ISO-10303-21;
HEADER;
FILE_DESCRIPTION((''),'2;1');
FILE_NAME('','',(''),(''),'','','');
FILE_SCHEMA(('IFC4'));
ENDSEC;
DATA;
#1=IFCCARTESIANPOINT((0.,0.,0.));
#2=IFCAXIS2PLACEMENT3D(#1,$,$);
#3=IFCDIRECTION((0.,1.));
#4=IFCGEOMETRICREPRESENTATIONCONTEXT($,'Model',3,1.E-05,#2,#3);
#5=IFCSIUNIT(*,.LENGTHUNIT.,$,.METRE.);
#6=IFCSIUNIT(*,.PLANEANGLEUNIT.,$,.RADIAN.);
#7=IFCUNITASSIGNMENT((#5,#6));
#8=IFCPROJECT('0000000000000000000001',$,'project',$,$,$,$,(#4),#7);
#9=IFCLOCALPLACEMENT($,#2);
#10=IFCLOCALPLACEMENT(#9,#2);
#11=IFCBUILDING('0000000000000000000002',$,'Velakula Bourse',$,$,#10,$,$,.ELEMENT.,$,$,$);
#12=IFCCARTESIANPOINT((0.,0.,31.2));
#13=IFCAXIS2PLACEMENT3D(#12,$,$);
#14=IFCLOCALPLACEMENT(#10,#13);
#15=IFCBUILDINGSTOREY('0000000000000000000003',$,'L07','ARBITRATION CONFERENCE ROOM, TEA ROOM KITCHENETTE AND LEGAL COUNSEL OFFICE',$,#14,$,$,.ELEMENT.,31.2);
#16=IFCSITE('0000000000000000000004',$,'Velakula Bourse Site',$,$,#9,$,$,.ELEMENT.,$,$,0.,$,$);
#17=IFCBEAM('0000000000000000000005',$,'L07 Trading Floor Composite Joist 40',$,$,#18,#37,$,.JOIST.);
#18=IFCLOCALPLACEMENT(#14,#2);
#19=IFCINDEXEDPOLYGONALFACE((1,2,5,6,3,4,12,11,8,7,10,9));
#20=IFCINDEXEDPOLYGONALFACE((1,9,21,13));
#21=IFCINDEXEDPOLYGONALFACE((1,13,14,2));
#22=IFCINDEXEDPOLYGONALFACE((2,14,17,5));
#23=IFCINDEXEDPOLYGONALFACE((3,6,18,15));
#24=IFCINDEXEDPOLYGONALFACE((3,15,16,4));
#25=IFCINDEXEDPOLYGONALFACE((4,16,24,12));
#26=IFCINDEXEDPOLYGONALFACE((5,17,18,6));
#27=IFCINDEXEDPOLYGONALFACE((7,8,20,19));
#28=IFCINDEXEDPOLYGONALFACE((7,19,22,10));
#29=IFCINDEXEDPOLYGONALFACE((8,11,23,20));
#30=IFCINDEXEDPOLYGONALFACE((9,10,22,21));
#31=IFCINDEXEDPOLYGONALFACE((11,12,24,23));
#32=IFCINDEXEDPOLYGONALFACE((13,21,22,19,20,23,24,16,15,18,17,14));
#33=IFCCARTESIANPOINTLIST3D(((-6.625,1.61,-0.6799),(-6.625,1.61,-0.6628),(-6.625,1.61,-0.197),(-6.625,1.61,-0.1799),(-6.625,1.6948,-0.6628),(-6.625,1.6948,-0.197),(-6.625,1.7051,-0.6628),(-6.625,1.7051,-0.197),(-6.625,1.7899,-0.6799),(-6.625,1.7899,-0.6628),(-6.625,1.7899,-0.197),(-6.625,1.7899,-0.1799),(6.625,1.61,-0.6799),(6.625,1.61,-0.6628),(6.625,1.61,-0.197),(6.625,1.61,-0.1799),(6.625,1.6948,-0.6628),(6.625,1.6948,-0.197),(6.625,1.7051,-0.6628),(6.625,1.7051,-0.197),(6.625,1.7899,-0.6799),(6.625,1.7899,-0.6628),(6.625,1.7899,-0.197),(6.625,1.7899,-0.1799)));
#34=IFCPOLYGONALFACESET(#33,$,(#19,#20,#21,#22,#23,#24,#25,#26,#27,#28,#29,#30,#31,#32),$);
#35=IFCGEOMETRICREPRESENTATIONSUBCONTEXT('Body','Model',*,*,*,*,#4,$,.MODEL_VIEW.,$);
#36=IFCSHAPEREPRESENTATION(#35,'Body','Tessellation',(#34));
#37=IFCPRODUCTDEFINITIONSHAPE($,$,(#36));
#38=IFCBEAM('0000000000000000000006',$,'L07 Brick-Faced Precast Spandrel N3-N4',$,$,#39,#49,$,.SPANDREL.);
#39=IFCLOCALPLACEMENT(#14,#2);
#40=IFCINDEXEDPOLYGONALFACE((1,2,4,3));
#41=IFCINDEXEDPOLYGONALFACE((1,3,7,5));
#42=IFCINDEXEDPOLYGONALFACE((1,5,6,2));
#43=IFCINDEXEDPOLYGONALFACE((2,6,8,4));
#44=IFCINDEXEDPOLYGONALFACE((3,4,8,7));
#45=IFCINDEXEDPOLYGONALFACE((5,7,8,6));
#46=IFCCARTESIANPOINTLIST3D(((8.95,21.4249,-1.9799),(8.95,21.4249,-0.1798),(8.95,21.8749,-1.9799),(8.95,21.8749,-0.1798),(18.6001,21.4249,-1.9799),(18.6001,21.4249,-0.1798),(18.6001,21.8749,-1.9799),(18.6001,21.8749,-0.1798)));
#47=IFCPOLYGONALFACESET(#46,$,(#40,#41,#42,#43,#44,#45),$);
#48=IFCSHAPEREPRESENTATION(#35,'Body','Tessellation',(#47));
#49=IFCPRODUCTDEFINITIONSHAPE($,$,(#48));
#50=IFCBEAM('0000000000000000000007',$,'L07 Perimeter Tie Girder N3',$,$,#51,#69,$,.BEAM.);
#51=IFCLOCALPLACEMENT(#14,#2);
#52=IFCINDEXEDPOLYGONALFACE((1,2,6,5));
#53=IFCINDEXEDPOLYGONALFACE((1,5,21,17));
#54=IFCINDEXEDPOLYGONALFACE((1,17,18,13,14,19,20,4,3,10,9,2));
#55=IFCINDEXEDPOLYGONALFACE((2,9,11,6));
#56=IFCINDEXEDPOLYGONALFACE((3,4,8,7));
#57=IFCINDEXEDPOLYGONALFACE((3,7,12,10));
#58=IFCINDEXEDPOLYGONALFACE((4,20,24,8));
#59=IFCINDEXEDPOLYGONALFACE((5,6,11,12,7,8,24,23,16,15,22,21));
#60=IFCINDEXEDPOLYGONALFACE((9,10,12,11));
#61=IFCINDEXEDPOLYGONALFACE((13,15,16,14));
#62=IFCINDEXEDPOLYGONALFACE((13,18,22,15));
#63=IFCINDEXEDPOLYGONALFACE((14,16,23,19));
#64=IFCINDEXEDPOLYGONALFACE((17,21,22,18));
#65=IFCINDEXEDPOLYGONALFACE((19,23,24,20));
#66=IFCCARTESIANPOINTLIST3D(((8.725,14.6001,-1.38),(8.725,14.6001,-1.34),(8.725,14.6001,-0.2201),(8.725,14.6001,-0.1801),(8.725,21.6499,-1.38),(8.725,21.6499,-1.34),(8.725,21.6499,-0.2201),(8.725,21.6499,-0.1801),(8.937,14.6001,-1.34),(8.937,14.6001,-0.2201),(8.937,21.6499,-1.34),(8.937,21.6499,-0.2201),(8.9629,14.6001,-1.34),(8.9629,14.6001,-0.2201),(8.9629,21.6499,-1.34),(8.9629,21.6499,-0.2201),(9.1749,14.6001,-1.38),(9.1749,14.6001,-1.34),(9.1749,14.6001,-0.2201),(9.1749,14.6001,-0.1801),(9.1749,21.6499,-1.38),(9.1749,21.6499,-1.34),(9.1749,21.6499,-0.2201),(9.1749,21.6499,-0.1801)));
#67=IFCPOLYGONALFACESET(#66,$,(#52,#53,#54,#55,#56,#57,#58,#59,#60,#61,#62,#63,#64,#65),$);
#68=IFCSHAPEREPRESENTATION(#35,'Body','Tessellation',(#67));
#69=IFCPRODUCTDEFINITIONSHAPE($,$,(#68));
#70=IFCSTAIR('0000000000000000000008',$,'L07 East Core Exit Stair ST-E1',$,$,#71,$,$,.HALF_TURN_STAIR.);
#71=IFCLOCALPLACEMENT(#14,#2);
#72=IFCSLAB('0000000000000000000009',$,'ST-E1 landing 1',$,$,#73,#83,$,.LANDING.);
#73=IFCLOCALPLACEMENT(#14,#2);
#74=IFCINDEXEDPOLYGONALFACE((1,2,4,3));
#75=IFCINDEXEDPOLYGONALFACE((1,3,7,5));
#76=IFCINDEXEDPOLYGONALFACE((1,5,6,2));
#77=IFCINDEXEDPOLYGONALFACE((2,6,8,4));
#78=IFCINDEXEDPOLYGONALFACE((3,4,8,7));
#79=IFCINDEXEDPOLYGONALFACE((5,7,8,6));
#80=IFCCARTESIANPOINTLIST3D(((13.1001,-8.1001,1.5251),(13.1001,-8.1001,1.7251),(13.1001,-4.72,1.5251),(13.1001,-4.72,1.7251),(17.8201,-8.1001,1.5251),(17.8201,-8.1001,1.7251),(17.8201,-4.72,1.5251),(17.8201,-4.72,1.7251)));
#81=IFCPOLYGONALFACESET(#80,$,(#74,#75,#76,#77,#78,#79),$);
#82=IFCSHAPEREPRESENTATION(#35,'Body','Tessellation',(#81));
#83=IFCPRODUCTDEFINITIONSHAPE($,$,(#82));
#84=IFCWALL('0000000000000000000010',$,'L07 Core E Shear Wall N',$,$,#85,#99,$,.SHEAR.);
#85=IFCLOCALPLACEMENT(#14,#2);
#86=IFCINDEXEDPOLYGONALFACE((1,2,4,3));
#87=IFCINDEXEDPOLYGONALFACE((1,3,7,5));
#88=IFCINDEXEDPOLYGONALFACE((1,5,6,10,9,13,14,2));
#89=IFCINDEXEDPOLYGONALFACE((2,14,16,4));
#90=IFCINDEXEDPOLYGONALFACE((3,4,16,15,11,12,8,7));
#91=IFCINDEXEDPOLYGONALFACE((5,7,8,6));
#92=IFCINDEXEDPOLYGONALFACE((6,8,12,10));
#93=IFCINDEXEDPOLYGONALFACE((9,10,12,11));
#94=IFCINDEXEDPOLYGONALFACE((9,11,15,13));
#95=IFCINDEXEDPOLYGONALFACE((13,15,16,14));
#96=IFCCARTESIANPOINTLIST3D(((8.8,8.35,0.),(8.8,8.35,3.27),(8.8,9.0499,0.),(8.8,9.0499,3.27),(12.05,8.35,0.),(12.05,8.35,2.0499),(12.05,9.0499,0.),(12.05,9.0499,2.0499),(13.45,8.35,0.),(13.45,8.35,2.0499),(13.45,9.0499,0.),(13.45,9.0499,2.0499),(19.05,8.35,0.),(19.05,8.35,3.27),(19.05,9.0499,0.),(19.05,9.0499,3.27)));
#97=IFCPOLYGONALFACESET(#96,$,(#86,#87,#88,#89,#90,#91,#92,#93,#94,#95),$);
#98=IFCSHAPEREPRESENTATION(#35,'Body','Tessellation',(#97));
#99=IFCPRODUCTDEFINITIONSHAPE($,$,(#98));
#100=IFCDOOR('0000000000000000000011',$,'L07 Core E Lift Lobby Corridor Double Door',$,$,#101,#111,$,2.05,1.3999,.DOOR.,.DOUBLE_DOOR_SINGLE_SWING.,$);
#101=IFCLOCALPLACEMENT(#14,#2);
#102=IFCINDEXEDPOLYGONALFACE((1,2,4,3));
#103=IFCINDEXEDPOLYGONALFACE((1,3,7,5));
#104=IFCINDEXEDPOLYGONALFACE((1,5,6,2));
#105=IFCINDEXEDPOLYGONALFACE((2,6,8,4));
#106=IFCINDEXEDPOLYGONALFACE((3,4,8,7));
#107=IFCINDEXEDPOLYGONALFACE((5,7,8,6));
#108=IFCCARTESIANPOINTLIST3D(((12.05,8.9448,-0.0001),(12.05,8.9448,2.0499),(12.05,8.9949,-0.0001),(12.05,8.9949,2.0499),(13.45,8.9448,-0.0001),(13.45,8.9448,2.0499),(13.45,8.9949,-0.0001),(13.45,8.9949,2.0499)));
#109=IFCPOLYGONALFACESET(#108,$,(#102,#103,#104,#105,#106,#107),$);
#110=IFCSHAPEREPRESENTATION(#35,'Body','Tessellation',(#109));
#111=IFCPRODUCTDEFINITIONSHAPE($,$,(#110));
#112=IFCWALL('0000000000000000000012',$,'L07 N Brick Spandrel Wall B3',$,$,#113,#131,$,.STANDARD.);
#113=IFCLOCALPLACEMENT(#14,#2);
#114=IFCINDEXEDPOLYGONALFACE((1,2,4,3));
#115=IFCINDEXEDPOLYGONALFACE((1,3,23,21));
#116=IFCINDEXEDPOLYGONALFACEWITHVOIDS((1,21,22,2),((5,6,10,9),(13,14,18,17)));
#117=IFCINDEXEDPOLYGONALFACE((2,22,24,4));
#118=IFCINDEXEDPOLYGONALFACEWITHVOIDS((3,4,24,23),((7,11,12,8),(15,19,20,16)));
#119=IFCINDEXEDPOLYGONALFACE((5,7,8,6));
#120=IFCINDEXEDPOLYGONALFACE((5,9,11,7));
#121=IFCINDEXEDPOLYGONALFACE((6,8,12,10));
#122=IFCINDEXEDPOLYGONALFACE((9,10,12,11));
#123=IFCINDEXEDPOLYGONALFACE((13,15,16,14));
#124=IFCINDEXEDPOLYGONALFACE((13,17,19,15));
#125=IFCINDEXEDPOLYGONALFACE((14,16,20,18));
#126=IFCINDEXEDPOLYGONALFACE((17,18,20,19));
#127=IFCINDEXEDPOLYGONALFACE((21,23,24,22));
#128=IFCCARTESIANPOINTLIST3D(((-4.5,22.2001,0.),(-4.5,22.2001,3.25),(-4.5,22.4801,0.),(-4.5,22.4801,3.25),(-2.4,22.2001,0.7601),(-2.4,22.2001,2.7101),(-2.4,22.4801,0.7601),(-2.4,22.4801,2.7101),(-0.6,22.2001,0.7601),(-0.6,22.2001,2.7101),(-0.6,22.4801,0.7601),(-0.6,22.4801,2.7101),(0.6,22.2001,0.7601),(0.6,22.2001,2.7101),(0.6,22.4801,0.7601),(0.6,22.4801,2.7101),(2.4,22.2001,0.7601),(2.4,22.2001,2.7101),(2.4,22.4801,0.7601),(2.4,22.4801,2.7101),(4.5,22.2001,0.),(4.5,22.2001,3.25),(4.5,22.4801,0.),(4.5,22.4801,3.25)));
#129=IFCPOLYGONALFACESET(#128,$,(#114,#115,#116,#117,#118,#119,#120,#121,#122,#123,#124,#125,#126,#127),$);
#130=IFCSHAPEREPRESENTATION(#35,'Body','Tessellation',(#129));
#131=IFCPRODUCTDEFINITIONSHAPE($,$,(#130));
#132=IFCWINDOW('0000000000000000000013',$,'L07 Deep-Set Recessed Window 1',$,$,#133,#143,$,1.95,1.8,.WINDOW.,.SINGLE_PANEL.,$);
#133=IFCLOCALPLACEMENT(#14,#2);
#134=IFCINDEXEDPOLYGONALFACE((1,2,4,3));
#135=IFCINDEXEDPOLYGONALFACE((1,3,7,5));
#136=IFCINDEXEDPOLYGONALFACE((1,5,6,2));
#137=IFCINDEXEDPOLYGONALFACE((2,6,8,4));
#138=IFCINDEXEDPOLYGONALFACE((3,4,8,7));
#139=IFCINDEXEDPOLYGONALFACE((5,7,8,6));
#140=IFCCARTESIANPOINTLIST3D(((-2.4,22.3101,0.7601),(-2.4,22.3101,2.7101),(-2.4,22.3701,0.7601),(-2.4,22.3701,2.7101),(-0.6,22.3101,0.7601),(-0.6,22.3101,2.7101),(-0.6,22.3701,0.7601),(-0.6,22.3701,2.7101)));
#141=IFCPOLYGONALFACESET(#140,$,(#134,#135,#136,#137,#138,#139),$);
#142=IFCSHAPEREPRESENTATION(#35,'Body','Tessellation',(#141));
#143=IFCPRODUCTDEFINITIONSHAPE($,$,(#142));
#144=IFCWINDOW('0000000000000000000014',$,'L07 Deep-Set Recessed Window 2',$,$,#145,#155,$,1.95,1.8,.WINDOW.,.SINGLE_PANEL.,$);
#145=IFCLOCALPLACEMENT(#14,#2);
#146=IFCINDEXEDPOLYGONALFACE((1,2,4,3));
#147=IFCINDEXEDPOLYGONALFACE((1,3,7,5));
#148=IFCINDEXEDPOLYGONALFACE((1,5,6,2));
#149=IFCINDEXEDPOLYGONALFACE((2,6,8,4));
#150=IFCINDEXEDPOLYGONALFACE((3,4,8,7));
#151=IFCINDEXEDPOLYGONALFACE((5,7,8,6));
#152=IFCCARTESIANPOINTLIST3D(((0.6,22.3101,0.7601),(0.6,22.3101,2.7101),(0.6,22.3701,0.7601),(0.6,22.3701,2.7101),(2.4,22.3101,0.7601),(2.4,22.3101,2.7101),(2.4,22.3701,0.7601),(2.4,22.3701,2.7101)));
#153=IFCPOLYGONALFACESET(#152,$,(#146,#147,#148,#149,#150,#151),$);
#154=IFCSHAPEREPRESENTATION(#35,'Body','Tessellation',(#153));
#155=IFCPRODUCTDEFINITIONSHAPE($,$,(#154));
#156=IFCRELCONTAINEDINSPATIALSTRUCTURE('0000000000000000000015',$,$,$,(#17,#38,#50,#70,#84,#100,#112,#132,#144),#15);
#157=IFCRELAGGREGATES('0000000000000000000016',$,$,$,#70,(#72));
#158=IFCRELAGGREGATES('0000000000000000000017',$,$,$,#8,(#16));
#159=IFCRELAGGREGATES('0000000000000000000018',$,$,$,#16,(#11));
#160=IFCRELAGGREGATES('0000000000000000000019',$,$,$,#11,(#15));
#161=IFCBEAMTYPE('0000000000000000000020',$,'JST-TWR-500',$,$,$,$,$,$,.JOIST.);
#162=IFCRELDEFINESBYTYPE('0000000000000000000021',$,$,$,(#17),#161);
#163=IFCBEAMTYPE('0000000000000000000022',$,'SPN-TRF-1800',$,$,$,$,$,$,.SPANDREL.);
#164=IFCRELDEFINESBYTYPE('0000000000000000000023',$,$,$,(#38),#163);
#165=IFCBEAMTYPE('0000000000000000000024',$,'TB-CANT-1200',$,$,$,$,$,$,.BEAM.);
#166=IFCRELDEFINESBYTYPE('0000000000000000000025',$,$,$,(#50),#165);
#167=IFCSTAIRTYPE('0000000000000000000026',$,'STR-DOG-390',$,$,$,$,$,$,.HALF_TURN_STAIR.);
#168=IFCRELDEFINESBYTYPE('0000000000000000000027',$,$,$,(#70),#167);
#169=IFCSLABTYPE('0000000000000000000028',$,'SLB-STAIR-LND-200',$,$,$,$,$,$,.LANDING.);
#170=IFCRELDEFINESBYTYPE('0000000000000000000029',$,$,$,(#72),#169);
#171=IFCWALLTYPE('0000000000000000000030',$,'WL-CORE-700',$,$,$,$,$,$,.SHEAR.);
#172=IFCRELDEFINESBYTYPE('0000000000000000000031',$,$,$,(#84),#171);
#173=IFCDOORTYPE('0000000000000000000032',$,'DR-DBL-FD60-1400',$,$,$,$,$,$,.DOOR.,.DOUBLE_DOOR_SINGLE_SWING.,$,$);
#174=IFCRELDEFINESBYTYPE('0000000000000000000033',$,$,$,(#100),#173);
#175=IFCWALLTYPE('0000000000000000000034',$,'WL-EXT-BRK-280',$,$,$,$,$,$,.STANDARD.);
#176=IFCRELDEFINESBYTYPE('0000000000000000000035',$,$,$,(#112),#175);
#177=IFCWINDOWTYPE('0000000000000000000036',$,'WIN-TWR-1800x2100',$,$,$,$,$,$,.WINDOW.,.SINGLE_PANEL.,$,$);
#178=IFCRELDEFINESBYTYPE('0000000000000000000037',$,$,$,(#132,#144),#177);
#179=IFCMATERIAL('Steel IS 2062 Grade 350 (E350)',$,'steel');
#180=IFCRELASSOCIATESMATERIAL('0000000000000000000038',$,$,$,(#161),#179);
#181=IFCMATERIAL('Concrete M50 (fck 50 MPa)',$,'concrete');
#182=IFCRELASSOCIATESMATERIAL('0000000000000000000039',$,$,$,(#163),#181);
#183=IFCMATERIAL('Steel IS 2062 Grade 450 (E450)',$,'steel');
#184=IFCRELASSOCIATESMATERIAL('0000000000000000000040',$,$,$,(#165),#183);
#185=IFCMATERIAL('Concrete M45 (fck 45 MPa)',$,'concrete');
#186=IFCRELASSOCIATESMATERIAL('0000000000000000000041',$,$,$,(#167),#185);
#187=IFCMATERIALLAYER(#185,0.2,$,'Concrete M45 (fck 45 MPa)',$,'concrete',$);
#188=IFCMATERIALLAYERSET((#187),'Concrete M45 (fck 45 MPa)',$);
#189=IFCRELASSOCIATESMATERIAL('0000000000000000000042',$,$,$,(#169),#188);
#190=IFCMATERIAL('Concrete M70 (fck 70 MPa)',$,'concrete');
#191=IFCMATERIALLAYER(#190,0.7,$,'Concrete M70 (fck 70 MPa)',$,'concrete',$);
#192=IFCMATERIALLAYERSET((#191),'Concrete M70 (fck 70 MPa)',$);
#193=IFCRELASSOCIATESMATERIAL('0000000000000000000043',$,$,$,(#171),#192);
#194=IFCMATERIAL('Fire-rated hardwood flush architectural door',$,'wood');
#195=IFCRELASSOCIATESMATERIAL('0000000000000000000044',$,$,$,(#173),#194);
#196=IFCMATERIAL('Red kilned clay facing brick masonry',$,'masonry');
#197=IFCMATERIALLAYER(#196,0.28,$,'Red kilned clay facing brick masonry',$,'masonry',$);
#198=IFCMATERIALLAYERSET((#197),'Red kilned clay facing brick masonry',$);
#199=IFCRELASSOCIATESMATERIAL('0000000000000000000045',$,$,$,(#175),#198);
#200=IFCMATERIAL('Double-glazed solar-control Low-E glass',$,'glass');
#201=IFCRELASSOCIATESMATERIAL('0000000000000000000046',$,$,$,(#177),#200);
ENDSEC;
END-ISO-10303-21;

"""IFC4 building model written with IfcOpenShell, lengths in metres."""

from ifc_helpers import new_model, si_unit, direction, frame, frame_2d, origin, origin_2d, place, context, subcontext, project, spatial, polyline, rectangle, i_section, outline, extrude, material, layer, layer_set, material_profile, profile_set, type_object, element, fill, aggregate, save


model = new_model("IFC4")

# Units and contexts
model_context = context("Model", 3, precision=1e-05, world=origin(), true_north=direction((0.0, 1.0)))
body_context = subcontext(model_context, "Body", "Model", "MODEL_VIEW")
ifc_project = project(units=[si_unit("LENGTHUNIT", "METRE"), si_unit("PLANEANGLEUNIT", "RADIAN")], contexts=[model_context])

# Site, building, storey
site_placement = place(None, origin())
site = spatial("IfcSite", under=ifc_project, at=site_placement, Name="Velakula Bourse Site", CompositionType="ELEMENT", RefElevation=0.0)
building_placement = place(site_placement, origin())
building = spatial("IfcBuilding", under=site, at=building_placement, Name="Velakula Bourse", CompositionType="ELEMENT")
storey_placement = place(building_placement, frame((0.0, 0.0, 31.2)))
storey = spatial("IfcBuildingStorey", under=building, at=storey_placement, Name="L07", Description="ARBITRATION CONFERENCE ROOM, TEA ROOM KITCHENETTE AND LEGAL COUNSEL OFFICE", CompositionType="ELEMENT", Elevation=31.2)

# Shared definitions
ifc_material_1 = material(Name="Concrete M70 (fck 70 MPa)", Category="concrete")
ifc_material_2 = material(Name="Steel IS 2062 Grade 450 (E450)", Category="steel")

# Beams
ifc_material_3 = material(Name="Steel IS 2062 Grade 350 (E350)", Category="steel")
ifc_material_profile_1 = material_profile(ifc_material_3, i_section(OverallWidth=0.1799, OverallDepth=0.5, WebThickness=0.0103, FlangeThickness=0.0171, at=origin_2d()), Name="Steel IS 2062 Grade 350 (E350)")
ifc_profile_set_1 = profile_set([ifc_material_profile_1], Name="Steel IS 2062 Grade 350 (E350)")
beam_type_1 = type_object("IfcBeamType", Name="JST-TWR-500", PredefinedType="JOIST", material=ifc_profile_set_1)
beam_1_placement = place(storey_placement, frame((-6.625, 1.7, -0.4299), z_axis=(1.0, 0.0, 0.0), x_axis=(0.0, 1.0, 0.0)))
element("IfcBeam", 1, at=beam_1_placement, inside=storey, type_object=beam_type_1, Name="L07 Trading Floor Composite Joist 40", PredefinedType="JOIST", context=body_context, shape_type="SweptSolid", body=[
    extrude(i_section(OverallWidth=0.1799, OverallDepth=0.5, WebThickness=0.0103, FlangeThickness=0.0171, at=origin_2d()), origin(), (0.0, 0.0, 1.0), 13.25),
])
ifc_material_4 = material(Name="Concrete M50 (fck 50 MPa)", Category="concrete")
ifc_material_profile_2 = material_profile(ifc_material_4, rectangle(XDim=0.45, YDim=1.8, at=origin_2d()), Name="Concrete M50 (fck 50 MPa)")
ifc_profile_set_2 = profile_set([ifc_material_profile_2], Name="Concrete M50 (fck 50 MPa)")
beam_type_2 = type_object("IfcBeamType", Name="SPN-TRF-1800", PredefinedType="SPANDREL", material=ifc_profile_set_2)
beam_2_placement = place(storey_placement, frame((8.95, 21.6499, -1.0798), z_axis=(1.0, 0.0, 0.0), x_axis=(0.0, 1.0, 0.0)))
element("IfcBeam", 2, at=beam_2_placement, inside=storey, type_object=beam_type_2, Name="L07 Brick-Faced Precast Spandrel N3-N4", PredefinedType="SPANDREL", context=body_context, shape_type="SweptSolid", body=[
    extrude(rectangle(XDim=0.45, YDim=1.8, at=origin_2d()), origin(), (0.0, 0.0, 1.0), 9.6501),
])
ifc_material_profile_3 = material_profile(ifc_material_2, i_section(OverallWidth=0.45, OverallDepth=1.2, WebThickness=0.0259, FlangeThickness=0.04, at=origin_2d()), Name="Steel IS 2062 Grade 450 (E450)")
ifc_profile_set_3 = profile_set([ifc_material_profile_3], Name="Steel IS 2062 Grade 450 (E450)")
beam_type_3 = type_object("IfcBeamType", Name="TB-CANT-1200", PredefinedType="BEAM", material=ifc_profile_set_3)
beam_3_placement = place(storey_placement, frame((8.95, 14.6001, -0.78), z_axis=(0.0, 1.0, 0.0), x_axis=(-1.0, 0.0, 0.0)))
element("IfcBeam", 3, at=beam_3_placement, inside=storey, type_object=beam_type_3, Name="L07 Perimeter Tie Girder N3", PredefinedType="BEAM", context=body_context, shape_type="SweptSolid", body=[
    extrude(i_section(OverallWidth=0.45, OverallDepth=1.2, WebThickness=0.0259, FlangeThickness=0.04, at=origin_2d()), origin(), (0.0, 0.0, 1.0), 7.0498),
])

# Stair, slab
ifc_material_5 = material(Name="Concrete M45 (fck 45 MPa)", Category="concrete")
stair_type = type_object("IfcStairType", Name="STR-DOG-390", PredefinedType="HALF_TURN_STAIR", material=ifc_material_5)
stair_placement = place(storey_placement, origin())
stair = element("IfcStair", 4, at=stair_placement, inside=storey, type_object=stair_type, Name="L07 East Core Exit Stair ST-E1", PredefinedType="HALF_TURN_STAIR")
ifc_layer_1 = layer(ifc_material_5, 0.2, Name="Concrete M45 (fck 45 MPa)", Category="concrete")
ifc_layer_set_1 = layer_set([ifc_layer_1], Name="Concrete M45 (fck 45 MPa)")
slab_type = type_object("IfcSlabType", Name="SLB-STAIR-LND-200", PredefinedType="LANDING", material=ifc_layer_set_1)
slab_placement = place(storey_placement, frame((0.0, 0.0, 1.5251)))
slab = element("IfcSlab", 5, at=slab_placement, type_object=slab_type, Name="ST-E1 landing 1", PredefinedType="LANDING", context=body_context, shape_type="SweptSolid", body=[
    extrude(outline(polyline([(13.1001, -4.72), (13.1001, -8.1001), (17.8201, -8.1001), (17.8201, -4.72), (13.1001, -4.72)])), origin(), (0.0, 0.0, 1.0), 0.2),
])
aggregate(stair, [slab])

# Wall, opening, door
ifc_layer_2 = layer(ifc_material_1, 0.7, Name="Concrete M70 (fck 70 MPa)", Category="concrete")
ifc_layer_set_2 = layer_set([ifc_layer_2], Name="Concrete M70 (fck 70 MPa)")
wall_type_1 = type_object("IfcWallType", Name="WL-CORE-700", PredefinedType="SHEAR", material=ifc_layer_set_2)
wall_1_placement = place(storey_placement, frame((8.8, 8.7, 0.0), z_axis=(0.0, 0.0, 1.0), x_axis=(1.0, 0.0, 0.0)))
wall_1 = element("IfcWall", 6, at=wall_1_placement, inside=storey, type_object=wall_type_1, Name="L07 Core E Shear Wall N", PredefinedType="SHEAR", context=body_context, shape_type="SweptSolid", body=[
    extrude(rectangle(XDim=10.25, YDim=0.7, at=frame_2d((5.125, 0.0))), origin(), (0.0, 0.0, 1.0), 3.27),
])
opening_1_placement = place(wall_1_placement, frame((3.25, 0.0, 0.0)))
opening_1 = element("IfcOpeningElement", 7, at=opening_1_placement, cuts=wall_1, PredefinedType="OPENING", context=body_context, shape_type="SweptSolid", body=[
    extrude(rectangle(XDim=1.3999, YDim=2.05, at=frame_2d((0.7, 1.0249))), frame((0.0, 0.3599, 0.0), z_axis=(0.0, -1.0, 0.0), x_axis=(1.0, 0.0, 0.0)), (0.0, 0.0, 1.0), 0.72),
])
ifc_material_6 = material(Name="Fire-rated hardwood flush architectural door", Category="wood")
door_type_1 = type_object("IfcDoorType", Name="DR-DBL-FD60-1400", OperationType="DOUBLE_DOOR_SINGLE_SWING", PredefinedType="DOOR", material=ifc_material_6)
door_1_placement = place(opening_1_placement, origin())
door_1 = element("IfcDoor", 8, at=door_1_placement, inside=storey, type_object=door_type_1, Name="L07 Core E Lift Lobby Corridor Double Door", OperationType="DOUBLE_DOOR_SINGLE_SWING", OverallHeight=2.05, OverallWidth=1.3999, PredefinedType="DOOR", context=body_context, shape_type="SweptSolid", body=[
    extrude(rectangle(XDim=1.3999, YDim=2.05, at=frame_2d((0.7, 1.0249))), frame((0.0, 0.2949, 0.0), z_axis=(0.0, -1.0, 0.0), x_axis=(1.0, 0.0, 0.0)), (0.0, 0.0, 1.0), 0.05),
])
fill(opening_1, door_1)

# Wall, openings, windows
ifc_material_7 = material(Name="Red kilned clay facing brick masonry", Category="masonry")
ifc_layer_3 = layer(ifc_material_7, 0.28, Name="Red kilned clay facing brick masonry", Category="masonry")
ifc_layer_set_3 = layer_set([ifc_layer_3], Name="Red kilned clay facing brick masonry")
wall_type_2 = type_object("IfcWallType", Name="WL-EXT-BRK-280", PredefinedType="STANDARD", material=ifc_layer_set_3)
wall_2_placement = place(storey_placement, frame((-4.5, 22.3401, 0.0), z_axis=(0.0, 0.0, 1.0), x_axis=(1.0, 0.0, 0.0)))
wall_2 = element("IfcWall", 9, at=wall_2_placement, inside=storey, type_object=wall_type_2, Name="L07 N Brick Spandrel Wall B3", PredefinedType="STANDARD", context=body_context, shape_type="SweptSolid", body=[
    extrude(rectangle(XDim=9.0, YDim=0.28, at=frame_2d((4.5, 0.0))), origin(), (0.0, 0.0, 1.0), 3.25),
])
opening_2_placement = place(wall_2_placement, frame((2.1001, 0.0, 0.76)))
opening_2 = element("IfcOpeningElement", 10, at=opening_2_placement, cuts=wall_2, PredefinedType="OPENING", context=body_context, shape_type="SweptSolid", body=[
    extrude(rectangle(XDim=1.8, YDim=1.95, at=frame_2d((0.8999, 0.9751))), frame((0.0, 0.1499, 0.0), z_axis=(0.0, -1.0, 0.0), x_axis=(1.0, 0.0, 0.0)), (0.0, 0.0, 1.0), 0.3),
])
opening_3_placement = place(wall_2_placement, frame((5.1001, 0.0, 0.76)))
opening_3 = element("IfcOpeningElement", 11, at=opening_3_placement, cuts=wall_2, PredefinedType="OPENING", context=body_context, shape_type="SweptSolid", body=[
    extrude(rectangle(XDim=1.8, YDim=1.95, at=frame_2d((0.8999, 0.9751))), frame((0.0, 0.1499, 0.0), z_axis=(0.0, -1.0, 0.0), x_axis=(1.0, 0.0, 0.0)), (0.0, 0.0, 1.0), 0.3),
])
ifc_material_8 = material(Name="Double-glazed solar-control Low-E glass", Category="glass")
window_type = type_object("IfcWindowType", Name="WIN-TWR-1800x2100", PartitioningType="SINGLE_PANEL", PredefinedType="WINDOW", material=ifc_material_8)
window_1_placement = place(opening_2_placement, origin())
window_1 = element("IfcWindow", 12, at=window_1_placement, inside=storey, type_object=window_type, Name="L07 Deep-Set Recessed Window 1", OverallHeight=1.95, OverallWidth=1.8, PartitioningType="SINGLE_PANEL", PredefinedType="WINDOW", context=body_context, shape_type="SweptSolid", body=[
    extrude(rectangle(XDim=1.8, YDim=1.95, at=frame_2d((0.8999, 0.9751))), frame((0.0, 0.03, 0.0), z_axis=(0.0, -1.0, 0.0), x_axis=(1.0, 0.0, 0.0)), (0.0, 0.0, 1.0), 0.0601),
])
fill(opening_2, window_1)
window_2_placement = place(opening_3_placement, origin())
window_2 = element("IfcWindow", 13, at=window_2_placement, inside=storey, type_object=window_type, Name="L07 Deep-Set Recessed Window 2", OverallHeight=1.95, OverallWidth=1.8, PartitioningType="SINGLE_PANEL", PredefinedType="WINDOW", context=body_context, shape_type="SweptSolid", body=[
    extrude(rectangle(XDim=1.8, YDim=1.95, at=frame_2d((0.8999, 0.9751))), frame((0.0, 0.03, 0.0), z_axis=(0.0, -1.0, 0.0), x_axis=(1.0, 0.0, 0.0)), (0.0, 0.0, 1.0), 0.0601),
])
fill(opening_3, window_2)

save(model, "model.ifc")
